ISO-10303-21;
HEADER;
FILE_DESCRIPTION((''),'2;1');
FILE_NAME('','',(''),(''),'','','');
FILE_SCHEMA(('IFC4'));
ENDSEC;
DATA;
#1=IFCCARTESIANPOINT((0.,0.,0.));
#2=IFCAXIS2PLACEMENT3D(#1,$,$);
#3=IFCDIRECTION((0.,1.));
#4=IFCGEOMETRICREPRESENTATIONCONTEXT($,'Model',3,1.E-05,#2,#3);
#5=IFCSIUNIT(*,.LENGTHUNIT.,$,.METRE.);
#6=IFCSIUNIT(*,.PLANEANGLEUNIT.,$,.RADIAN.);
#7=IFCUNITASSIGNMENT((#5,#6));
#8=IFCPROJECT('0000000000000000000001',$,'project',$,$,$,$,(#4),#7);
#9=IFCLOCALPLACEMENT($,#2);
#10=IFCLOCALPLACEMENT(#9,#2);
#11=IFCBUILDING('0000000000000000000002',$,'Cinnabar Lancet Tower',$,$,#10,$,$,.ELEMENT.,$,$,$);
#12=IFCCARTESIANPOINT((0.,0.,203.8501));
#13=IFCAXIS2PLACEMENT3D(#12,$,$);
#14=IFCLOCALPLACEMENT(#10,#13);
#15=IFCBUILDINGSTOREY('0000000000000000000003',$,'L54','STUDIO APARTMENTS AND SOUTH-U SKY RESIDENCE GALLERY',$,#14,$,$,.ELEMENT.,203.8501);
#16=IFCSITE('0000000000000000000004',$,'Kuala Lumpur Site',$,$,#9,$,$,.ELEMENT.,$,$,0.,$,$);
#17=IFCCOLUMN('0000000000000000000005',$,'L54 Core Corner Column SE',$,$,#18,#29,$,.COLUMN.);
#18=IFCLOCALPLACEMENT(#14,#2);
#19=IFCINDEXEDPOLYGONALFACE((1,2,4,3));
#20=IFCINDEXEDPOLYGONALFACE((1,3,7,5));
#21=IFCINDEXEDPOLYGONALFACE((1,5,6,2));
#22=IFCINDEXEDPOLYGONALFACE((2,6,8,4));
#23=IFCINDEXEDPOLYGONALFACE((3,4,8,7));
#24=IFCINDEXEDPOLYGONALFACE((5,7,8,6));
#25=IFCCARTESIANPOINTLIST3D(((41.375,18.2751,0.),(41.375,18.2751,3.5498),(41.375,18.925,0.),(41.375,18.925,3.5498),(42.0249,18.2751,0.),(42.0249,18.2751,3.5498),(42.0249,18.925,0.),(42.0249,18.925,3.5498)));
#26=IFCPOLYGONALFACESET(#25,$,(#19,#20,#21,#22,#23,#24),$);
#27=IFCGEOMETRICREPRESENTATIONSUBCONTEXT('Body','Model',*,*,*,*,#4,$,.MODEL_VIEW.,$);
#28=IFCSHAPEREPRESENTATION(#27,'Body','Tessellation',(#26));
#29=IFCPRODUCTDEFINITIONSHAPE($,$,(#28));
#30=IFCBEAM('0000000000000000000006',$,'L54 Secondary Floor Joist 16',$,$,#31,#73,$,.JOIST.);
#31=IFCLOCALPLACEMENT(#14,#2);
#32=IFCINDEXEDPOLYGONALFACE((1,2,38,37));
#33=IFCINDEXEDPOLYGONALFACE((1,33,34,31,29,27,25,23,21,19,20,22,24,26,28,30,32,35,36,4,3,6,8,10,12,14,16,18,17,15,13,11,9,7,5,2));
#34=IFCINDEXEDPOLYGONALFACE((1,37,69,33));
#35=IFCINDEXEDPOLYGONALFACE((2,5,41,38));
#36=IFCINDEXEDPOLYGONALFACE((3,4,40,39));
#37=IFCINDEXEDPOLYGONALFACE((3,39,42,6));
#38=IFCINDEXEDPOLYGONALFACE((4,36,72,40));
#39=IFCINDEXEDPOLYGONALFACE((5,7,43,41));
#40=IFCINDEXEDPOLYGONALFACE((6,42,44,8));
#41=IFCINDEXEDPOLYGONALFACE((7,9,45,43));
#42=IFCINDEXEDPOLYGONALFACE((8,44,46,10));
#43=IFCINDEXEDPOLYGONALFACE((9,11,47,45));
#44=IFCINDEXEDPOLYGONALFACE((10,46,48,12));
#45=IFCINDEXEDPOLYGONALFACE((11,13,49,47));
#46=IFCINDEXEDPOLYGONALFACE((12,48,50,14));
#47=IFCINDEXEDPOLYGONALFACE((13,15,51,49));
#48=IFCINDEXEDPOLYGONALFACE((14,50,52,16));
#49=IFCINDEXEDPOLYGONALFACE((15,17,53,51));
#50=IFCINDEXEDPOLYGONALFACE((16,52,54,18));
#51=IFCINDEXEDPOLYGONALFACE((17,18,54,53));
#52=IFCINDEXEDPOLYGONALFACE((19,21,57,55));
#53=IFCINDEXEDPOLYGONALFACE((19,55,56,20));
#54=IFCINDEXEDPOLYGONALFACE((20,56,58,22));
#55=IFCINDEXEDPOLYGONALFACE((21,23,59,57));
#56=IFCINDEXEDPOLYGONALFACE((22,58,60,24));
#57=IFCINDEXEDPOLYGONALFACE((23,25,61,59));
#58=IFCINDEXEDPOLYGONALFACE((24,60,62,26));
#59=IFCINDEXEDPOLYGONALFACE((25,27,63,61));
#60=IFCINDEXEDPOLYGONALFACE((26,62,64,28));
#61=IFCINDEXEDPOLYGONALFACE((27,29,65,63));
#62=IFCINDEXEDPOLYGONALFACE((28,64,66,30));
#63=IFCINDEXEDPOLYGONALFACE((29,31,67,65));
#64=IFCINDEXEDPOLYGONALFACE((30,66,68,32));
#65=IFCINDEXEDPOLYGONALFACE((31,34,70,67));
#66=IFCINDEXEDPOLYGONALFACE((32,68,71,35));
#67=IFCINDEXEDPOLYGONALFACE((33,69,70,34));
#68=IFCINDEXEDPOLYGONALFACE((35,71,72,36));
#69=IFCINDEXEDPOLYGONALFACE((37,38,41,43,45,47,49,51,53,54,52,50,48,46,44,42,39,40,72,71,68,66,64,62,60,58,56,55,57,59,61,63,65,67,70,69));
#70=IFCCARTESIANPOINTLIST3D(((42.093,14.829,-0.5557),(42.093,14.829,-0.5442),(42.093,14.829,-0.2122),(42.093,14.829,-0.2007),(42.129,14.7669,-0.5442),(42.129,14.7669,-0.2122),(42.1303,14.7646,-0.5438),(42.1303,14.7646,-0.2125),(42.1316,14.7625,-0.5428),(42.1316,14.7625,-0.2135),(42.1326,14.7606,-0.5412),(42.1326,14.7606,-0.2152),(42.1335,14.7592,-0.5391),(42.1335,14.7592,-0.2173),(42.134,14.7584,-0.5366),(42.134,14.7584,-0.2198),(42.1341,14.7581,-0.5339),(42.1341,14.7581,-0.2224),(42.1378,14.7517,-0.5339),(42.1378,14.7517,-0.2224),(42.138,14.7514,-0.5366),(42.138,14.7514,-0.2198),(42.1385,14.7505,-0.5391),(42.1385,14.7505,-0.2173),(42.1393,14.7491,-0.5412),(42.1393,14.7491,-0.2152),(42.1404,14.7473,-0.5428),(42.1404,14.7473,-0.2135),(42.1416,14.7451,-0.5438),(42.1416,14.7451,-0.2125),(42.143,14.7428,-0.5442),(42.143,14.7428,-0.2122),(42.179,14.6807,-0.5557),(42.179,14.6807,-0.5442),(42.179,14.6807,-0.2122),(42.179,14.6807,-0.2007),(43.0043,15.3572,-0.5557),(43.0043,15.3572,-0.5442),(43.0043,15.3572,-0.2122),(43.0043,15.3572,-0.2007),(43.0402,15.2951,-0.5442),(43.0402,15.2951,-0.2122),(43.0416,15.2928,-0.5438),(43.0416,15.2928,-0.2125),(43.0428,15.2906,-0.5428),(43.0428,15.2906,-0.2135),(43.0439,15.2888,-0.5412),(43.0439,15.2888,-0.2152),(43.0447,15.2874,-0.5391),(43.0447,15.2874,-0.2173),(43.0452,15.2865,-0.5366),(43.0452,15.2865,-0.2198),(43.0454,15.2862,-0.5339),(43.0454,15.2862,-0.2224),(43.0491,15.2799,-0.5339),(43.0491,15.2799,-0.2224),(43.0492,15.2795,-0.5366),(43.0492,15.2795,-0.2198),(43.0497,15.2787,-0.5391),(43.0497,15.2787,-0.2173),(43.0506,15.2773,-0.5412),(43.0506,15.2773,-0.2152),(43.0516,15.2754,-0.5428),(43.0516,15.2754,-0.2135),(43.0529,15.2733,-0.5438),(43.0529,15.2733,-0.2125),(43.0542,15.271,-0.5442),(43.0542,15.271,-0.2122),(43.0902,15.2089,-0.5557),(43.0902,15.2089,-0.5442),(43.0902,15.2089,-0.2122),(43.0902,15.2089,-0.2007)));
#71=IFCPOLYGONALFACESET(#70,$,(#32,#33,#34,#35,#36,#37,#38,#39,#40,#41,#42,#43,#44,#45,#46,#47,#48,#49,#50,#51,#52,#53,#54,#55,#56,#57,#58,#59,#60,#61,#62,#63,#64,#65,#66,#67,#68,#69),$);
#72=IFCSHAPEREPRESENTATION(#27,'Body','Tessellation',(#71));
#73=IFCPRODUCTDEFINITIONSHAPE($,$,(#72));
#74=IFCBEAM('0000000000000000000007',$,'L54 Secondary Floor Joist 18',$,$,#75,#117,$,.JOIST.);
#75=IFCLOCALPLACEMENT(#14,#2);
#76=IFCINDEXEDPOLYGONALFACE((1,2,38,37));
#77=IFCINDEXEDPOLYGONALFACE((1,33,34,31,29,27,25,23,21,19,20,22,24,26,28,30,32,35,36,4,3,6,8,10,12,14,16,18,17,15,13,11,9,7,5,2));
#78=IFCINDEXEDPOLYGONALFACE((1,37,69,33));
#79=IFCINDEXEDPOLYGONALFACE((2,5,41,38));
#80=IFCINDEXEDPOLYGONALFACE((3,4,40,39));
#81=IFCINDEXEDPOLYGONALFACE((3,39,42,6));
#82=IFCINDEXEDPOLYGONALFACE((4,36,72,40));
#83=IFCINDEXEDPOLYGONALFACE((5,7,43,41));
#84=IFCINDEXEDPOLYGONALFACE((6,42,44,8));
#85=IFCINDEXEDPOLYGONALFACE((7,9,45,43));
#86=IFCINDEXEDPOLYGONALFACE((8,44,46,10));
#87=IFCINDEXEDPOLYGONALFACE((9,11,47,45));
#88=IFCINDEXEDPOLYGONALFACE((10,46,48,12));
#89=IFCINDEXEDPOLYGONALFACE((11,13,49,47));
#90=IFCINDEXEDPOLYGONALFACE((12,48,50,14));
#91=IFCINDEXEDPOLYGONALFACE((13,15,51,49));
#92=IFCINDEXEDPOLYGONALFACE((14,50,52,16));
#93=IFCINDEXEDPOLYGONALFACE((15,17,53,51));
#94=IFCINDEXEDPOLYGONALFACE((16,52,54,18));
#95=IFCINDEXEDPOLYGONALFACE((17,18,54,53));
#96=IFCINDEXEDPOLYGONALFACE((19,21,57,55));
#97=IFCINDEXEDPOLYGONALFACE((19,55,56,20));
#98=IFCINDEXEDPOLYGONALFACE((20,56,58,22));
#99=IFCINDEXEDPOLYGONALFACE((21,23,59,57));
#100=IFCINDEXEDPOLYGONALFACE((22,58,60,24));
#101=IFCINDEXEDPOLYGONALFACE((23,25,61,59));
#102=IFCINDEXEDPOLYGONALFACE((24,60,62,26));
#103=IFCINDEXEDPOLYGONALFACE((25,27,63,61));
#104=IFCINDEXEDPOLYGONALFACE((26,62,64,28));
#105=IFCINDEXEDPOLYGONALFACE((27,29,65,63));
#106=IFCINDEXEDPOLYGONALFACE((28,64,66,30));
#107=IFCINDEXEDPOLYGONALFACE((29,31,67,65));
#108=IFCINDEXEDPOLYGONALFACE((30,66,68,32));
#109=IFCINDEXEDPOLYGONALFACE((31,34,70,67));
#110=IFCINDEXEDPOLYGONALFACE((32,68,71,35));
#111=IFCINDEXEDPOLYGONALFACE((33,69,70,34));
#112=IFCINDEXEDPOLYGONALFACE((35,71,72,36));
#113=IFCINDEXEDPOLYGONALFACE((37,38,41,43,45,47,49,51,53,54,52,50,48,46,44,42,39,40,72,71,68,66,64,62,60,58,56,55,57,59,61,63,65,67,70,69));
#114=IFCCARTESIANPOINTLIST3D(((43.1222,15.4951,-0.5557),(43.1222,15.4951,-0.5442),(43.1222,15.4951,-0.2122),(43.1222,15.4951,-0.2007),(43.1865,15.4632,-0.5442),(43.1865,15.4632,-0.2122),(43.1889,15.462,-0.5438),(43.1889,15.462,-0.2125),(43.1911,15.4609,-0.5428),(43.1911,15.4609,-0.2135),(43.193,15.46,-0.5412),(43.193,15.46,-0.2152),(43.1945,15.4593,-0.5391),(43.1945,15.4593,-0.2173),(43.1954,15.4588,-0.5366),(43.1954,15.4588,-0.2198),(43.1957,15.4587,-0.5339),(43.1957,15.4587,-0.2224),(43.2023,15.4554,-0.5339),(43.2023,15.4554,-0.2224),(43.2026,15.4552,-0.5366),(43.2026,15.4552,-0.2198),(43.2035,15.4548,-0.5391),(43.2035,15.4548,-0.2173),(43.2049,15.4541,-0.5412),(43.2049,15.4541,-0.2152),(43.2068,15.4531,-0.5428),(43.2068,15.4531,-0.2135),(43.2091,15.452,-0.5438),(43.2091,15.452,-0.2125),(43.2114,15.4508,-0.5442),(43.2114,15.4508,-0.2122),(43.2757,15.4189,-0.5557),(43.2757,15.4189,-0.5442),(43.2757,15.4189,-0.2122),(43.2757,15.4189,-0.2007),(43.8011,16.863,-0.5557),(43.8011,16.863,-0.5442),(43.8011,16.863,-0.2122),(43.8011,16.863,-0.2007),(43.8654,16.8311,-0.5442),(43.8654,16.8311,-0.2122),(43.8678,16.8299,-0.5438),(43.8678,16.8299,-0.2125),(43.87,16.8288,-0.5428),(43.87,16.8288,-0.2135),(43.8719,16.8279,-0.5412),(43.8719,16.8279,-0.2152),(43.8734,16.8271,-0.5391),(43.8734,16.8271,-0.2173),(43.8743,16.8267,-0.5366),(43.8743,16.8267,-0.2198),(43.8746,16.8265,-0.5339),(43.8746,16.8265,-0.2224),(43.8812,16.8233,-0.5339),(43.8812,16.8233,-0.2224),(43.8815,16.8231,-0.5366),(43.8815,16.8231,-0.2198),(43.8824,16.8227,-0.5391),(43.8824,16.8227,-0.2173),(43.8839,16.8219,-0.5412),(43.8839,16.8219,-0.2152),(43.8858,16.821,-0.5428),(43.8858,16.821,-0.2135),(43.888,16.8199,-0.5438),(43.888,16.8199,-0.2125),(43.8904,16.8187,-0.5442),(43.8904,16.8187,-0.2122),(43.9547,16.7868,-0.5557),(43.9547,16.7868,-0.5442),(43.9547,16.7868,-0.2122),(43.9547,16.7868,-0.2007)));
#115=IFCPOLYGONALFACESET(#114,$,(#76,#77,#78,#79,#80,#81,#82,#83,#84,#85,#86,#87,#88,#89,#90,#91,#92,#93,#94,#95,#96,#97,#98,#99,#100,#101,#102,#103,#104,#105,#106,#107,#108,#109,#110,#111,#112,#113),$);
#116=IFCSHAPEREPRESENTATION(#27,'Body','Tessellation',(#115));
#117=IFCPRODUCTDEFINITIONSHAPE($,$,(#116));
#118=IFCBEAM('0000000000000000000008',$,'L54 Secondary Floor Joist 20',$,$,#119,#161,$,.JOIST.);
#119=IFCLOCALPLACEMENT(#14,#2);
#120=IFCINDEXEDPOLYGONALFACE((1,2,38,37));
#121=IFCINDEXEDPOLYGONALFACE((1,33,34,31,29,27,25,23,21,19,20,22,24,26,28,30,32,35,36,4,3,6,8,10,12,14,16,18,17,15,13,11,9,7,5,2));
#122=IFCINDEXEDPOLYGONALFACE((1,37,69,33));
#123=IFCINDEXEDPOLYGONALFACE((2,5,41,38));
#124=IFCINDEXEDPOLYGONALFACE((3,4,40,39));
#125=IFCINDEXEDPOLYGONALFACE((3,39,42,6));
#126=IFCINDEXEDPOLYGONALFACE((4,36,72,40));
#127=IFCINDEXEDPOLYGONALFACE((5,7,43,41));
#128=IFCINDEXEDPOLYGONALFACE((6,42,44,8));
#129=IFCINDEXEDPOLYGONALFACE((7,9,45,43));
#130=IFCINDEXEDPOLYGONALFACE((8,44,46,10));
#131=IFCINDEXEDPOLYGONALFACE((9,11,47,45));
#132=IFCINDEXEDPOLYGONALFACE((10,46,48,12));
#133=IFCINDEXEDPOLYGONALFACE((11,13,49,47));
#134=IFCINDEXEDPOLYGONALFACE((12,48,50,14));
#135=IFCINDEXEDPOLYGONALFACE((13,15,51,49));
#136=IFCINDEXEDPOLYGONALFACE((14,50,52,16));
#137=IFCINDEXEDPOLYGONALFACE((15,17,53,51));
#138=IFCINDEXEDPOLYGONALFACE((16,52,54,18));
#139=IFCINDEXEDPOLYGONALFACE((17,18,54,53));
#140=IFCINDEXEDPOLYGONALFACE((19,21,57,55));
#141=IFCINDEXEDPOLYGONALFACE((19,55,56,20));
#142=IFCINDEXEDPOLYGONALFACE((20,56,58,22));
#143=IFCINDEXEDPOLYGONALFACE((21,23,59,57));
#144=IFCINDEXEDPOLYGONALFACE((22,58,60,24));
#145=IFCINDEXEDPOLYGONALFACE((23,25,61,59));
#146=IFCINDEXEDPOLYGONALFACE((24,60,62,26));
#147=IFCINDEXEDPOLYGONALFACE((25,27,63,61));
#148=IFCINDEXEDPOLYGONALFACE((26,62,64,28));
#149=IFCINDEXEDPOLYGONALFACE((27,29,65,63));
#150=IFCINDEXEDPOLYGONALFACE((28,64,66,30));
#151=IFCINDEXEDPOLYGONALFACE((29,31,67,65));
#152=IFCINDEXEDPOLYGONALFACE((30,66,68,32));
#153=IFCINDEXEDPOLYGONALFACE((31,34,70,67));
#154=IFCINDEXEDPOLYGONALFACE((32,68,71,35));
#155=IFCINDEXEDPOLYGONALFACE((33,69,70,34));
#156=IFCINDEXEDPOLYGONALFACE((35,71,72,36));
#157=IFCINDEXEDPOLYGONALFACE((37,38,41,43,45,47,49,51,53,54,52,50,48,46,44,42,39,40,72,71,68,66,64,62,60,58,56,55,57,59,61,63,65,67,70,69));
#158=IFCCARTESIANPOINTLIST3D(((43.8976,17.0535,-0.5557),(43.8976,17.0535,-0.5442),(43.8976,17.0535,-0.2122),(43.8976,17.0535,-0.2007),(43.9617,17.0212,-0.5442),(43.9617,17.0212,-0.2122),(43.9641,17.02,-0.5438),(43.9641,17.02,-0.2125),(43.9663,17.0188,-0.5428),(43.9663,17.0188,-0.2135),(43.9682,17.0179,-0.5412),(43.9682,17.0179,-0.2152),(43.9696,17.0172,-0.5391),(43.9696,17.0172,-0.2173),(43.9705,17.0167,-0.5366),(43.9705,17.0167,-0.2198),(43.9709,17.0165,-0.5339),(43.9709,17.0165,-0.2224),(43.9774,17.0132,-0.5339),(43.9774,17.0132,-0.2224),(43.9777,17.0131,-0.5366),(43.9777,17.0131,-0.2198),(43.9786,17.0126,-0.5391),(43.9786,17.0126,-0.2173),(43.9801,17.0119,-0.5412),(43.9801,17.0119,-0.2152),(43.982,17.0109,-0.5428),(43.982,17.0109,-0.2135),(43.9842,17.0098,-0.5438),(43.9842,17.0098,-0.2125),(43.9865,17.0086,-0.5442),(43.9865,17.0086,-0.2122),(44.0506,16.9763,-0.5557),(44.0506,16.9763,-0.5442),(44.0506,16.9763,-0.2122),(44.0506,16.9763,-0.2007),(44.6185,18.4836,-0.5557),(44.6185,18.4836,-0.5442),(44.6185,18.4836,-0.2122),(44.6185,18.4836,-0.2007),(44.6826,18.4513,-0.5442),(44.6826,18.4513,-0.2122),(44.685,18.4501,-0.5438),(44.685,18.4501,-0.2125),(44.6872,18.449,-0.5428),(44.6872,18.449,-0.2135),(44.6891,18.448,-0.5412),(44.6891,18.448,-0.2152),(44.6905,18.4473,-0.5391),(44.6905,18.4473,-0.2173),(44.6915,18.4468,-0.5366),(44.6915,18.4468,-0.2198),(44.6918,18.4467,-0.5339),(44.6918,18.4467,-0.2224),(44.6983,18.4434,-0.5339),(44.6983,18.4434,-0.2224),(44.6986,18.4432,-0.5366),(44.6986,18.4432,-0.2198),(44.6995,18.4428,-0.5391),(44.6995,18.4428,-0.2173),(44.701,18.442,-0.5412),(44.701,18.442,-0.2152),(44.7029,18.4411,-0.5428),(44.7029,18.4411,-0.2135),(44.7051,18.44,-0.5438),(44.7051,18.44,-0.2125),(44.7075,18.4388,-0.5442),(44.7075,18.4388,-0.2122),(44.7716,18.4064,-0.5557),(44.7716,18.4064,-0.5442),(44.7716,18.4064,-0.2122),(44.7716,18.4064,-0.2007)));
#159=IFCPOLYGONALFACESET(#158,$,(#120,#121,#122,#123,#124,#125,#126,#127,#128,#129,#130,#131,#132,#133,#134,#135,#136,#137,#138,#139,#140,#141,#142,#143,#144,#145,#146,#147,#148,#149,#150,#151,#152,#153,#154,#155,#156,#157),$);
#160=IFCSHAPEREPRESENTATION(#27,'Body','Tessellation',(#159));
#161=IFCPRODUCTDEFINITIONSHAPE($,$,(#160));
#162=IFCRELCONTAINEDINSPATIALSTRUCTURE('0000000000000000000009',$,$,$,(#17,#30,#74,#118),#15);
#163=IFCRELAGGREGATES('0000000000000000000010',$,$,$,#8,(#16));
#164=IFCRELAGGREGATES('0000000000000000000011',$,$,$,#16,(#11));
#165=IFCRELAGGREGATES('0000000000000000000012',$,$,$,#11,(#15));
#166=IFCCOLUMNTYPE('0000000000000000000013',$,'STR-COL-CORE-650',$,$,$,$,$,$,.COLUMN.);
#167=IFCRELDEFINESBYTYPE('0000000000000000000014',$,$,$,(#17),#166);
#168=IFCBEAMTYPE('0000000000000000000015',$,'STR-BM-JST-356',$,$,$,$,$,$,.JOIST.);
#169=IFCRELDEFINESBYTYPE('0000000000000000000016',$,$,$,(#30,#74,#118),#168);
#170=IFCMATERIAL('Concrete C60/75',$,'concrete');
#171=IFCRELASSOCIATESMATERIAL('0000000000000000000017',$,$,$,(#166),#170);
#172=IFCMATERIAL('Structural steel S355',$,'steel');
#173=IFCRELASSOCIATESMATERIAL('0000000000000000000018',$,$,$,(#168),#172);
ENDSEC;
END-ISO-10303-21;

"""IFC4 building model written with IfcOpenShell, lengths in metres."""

from ifc_helpers import new_model, si_unit, direction, frame, origin, origin_2d, place, context, subcontext, project, spatial, rectangle, i_section, extrude, material, material_profile, profile_set, type_object, element, save


model = new_model("IFC4")

# Units and contexts
model_context = context("Model", 3, precision=1e-05, world=origin(), true_north=direction((0.0, 1.0)))
body_context = subcontext(model_context, "Body", "Model", "MODEL_VIEW")
ifc_project = project(units=[si_unit("LENGTHUNIT", "METRE"), si_unit("PLANEANGLEUNIT", "RADIAN")], contexts=[model_context])

# Site, building, storey
site_placement = place(None, origin())
site = spatial("IfcSite", under=ifc_project, at=site_placement, Name="Kuala Lumpur Site", CompositionType="ELEMENT", RefElevation=0.0)
building_placement = place(site_placement, origin())
building = spatial("IfcBuilding", under=site, at=building_placement, Name="Cinnabar Lancet Tower", CompositionType="ELEMENT")
storey_placement = place(building_placement, frame((0.0, 0.0, 203.8501)))
storey = spatial("IfcBuildingStorey", under=building, at=storey_placement, Name="L54", Description="STUDIO APARTMENTS AND SOUTH-U SKY RESIDENCE GALLERY", CompositionType="ELEMENT", Elevation=203.8501)

# Column
ifc_material_1 = material(Name="Concrete C60/75", Category="concrete")
ifc_material_profile_1 = material_profile(ifc_material_1, rectangle(XDim=0.6499, YDim=0.6499, at=origin_2d()), Name="RC-COL 650x650")
ifc_profile_set_1 = profile_set([ifc_material_profile_1], Name="Concrete C60/75")
column_type = type_object("IfcColumnType", Name="STR-COL-CORE-650", PredefinedType="COLUMN", material=ifc_profile_set_1)
column_placement = place(storey_placement, frame((41.7, 18.6001, 0.0), z_axis=(0.0, 0.0, 1.0), x_axis=(1.0, 0.0, 0.0)))
element("IfcColumn", 1, at=column_placement, inside=storey, type_object=column_type, Name="L54 Core Corner Column SE", PredefinedType="COLUMN", context=body_context, shape_type="SweptSolid", body=[
    extrude(rectangle(XDim=0.6499, YDim=0.6499, at=origin_2d()), origin(), (0.0, 0.0, 1.0), 3.5498),
])

# Beams
ifc_material_2 = material(Name="Structural steel S355", Category="steel")
ifc_material_profile_2 = material_profile(ifc_material_2, i_section(OverallWidth=0.1714, OverallDepth=0.355, WebThickness=0.0073, FlangeThickness=0.0115, FilletRadius=0.0103, at=origin_2d()), Name="UKB 356x171x51")
ifc_profile_set_2 = profile_set([ifc_material_profile_2], Name="Structural steel S355")
beam_type_1 = type_object("IfcBeamType", Name="STR-BM-JST-356", PredefinedType="JOIST", material=ifc_profile_set_2)
beam_1_placement = place(storey_placement, frame((42.136, 14.7549, -0.3782), z_axis=(0.865188, 0.501447, 0.0), x_axis=(-0.501447, 0.865188, 0.0)))
element("IfcBeam", 2, at=beam_1_placement, inside=storey, type_object=beam_type_1, Name="L54 Secondary Floor Joist 16", PredefinedType="JOIST", context=body_context, shape_type="SweptSolid", body=[
    extrude(i_section(OverallWidth=0.1714, OverallDepth=0.355, WebThickness=0.0073, FlangeThickness=0.0115, FilletRadius=0.0103, at=origin_2d()), origin(), (0.0, 0.0, 1.0), 1.0532),
])
beam_2_placement = place(storey_placement, frame((43.199, 15.457, -0.3782), z_axis=(0.44459, 0.895734, 0.0), x_axis=(-0.895734, 0.44459, 0.0)))
element("IfcBeam", 3, at=beam_2_placement, inside=storey, type_object=beam_type_1, Name="L54 Secondary Floor Joist 18", PredefinedType="JOIST", context=body_context, shape_type="SweptSolid", body=[
    extrude(i_section(OverallWidth=0.1714, OverallDepth=0.355, WebThickness=0.0073, FlangeThickness=0.0115, FilletRadius=0.0103, at=origin_2d()), origin(), (0.0, 0.0, 1.0), 1.5271),
])
beam_3_placement = place(storey_placement, frame((43.9741, 17.0149, -0.3782), z_axis=(0.450138, 0.892959, 0.0), x_axis=(-0.892959, 0.450138, 0.0)))
element("IfcBeam", 4, at=beam_3_placement, inside=storey, type_object=beam_type_1, Name="L54 Secondary Floor Joist 20", PredefinedType="JOIST", context=body_context, shape_type="SweptSolid", body=[
    extrude(i_section(OverallWidth=0.1714, OverallDepth=0.355, WebThickness=0.0073, FlangeThickness=0.0115, FilletRadius=0.0103, at=origin_2d()), origin(), (0.0, 0.0, 1.0), 1.6016),
])

save(model, "model.ifc")
